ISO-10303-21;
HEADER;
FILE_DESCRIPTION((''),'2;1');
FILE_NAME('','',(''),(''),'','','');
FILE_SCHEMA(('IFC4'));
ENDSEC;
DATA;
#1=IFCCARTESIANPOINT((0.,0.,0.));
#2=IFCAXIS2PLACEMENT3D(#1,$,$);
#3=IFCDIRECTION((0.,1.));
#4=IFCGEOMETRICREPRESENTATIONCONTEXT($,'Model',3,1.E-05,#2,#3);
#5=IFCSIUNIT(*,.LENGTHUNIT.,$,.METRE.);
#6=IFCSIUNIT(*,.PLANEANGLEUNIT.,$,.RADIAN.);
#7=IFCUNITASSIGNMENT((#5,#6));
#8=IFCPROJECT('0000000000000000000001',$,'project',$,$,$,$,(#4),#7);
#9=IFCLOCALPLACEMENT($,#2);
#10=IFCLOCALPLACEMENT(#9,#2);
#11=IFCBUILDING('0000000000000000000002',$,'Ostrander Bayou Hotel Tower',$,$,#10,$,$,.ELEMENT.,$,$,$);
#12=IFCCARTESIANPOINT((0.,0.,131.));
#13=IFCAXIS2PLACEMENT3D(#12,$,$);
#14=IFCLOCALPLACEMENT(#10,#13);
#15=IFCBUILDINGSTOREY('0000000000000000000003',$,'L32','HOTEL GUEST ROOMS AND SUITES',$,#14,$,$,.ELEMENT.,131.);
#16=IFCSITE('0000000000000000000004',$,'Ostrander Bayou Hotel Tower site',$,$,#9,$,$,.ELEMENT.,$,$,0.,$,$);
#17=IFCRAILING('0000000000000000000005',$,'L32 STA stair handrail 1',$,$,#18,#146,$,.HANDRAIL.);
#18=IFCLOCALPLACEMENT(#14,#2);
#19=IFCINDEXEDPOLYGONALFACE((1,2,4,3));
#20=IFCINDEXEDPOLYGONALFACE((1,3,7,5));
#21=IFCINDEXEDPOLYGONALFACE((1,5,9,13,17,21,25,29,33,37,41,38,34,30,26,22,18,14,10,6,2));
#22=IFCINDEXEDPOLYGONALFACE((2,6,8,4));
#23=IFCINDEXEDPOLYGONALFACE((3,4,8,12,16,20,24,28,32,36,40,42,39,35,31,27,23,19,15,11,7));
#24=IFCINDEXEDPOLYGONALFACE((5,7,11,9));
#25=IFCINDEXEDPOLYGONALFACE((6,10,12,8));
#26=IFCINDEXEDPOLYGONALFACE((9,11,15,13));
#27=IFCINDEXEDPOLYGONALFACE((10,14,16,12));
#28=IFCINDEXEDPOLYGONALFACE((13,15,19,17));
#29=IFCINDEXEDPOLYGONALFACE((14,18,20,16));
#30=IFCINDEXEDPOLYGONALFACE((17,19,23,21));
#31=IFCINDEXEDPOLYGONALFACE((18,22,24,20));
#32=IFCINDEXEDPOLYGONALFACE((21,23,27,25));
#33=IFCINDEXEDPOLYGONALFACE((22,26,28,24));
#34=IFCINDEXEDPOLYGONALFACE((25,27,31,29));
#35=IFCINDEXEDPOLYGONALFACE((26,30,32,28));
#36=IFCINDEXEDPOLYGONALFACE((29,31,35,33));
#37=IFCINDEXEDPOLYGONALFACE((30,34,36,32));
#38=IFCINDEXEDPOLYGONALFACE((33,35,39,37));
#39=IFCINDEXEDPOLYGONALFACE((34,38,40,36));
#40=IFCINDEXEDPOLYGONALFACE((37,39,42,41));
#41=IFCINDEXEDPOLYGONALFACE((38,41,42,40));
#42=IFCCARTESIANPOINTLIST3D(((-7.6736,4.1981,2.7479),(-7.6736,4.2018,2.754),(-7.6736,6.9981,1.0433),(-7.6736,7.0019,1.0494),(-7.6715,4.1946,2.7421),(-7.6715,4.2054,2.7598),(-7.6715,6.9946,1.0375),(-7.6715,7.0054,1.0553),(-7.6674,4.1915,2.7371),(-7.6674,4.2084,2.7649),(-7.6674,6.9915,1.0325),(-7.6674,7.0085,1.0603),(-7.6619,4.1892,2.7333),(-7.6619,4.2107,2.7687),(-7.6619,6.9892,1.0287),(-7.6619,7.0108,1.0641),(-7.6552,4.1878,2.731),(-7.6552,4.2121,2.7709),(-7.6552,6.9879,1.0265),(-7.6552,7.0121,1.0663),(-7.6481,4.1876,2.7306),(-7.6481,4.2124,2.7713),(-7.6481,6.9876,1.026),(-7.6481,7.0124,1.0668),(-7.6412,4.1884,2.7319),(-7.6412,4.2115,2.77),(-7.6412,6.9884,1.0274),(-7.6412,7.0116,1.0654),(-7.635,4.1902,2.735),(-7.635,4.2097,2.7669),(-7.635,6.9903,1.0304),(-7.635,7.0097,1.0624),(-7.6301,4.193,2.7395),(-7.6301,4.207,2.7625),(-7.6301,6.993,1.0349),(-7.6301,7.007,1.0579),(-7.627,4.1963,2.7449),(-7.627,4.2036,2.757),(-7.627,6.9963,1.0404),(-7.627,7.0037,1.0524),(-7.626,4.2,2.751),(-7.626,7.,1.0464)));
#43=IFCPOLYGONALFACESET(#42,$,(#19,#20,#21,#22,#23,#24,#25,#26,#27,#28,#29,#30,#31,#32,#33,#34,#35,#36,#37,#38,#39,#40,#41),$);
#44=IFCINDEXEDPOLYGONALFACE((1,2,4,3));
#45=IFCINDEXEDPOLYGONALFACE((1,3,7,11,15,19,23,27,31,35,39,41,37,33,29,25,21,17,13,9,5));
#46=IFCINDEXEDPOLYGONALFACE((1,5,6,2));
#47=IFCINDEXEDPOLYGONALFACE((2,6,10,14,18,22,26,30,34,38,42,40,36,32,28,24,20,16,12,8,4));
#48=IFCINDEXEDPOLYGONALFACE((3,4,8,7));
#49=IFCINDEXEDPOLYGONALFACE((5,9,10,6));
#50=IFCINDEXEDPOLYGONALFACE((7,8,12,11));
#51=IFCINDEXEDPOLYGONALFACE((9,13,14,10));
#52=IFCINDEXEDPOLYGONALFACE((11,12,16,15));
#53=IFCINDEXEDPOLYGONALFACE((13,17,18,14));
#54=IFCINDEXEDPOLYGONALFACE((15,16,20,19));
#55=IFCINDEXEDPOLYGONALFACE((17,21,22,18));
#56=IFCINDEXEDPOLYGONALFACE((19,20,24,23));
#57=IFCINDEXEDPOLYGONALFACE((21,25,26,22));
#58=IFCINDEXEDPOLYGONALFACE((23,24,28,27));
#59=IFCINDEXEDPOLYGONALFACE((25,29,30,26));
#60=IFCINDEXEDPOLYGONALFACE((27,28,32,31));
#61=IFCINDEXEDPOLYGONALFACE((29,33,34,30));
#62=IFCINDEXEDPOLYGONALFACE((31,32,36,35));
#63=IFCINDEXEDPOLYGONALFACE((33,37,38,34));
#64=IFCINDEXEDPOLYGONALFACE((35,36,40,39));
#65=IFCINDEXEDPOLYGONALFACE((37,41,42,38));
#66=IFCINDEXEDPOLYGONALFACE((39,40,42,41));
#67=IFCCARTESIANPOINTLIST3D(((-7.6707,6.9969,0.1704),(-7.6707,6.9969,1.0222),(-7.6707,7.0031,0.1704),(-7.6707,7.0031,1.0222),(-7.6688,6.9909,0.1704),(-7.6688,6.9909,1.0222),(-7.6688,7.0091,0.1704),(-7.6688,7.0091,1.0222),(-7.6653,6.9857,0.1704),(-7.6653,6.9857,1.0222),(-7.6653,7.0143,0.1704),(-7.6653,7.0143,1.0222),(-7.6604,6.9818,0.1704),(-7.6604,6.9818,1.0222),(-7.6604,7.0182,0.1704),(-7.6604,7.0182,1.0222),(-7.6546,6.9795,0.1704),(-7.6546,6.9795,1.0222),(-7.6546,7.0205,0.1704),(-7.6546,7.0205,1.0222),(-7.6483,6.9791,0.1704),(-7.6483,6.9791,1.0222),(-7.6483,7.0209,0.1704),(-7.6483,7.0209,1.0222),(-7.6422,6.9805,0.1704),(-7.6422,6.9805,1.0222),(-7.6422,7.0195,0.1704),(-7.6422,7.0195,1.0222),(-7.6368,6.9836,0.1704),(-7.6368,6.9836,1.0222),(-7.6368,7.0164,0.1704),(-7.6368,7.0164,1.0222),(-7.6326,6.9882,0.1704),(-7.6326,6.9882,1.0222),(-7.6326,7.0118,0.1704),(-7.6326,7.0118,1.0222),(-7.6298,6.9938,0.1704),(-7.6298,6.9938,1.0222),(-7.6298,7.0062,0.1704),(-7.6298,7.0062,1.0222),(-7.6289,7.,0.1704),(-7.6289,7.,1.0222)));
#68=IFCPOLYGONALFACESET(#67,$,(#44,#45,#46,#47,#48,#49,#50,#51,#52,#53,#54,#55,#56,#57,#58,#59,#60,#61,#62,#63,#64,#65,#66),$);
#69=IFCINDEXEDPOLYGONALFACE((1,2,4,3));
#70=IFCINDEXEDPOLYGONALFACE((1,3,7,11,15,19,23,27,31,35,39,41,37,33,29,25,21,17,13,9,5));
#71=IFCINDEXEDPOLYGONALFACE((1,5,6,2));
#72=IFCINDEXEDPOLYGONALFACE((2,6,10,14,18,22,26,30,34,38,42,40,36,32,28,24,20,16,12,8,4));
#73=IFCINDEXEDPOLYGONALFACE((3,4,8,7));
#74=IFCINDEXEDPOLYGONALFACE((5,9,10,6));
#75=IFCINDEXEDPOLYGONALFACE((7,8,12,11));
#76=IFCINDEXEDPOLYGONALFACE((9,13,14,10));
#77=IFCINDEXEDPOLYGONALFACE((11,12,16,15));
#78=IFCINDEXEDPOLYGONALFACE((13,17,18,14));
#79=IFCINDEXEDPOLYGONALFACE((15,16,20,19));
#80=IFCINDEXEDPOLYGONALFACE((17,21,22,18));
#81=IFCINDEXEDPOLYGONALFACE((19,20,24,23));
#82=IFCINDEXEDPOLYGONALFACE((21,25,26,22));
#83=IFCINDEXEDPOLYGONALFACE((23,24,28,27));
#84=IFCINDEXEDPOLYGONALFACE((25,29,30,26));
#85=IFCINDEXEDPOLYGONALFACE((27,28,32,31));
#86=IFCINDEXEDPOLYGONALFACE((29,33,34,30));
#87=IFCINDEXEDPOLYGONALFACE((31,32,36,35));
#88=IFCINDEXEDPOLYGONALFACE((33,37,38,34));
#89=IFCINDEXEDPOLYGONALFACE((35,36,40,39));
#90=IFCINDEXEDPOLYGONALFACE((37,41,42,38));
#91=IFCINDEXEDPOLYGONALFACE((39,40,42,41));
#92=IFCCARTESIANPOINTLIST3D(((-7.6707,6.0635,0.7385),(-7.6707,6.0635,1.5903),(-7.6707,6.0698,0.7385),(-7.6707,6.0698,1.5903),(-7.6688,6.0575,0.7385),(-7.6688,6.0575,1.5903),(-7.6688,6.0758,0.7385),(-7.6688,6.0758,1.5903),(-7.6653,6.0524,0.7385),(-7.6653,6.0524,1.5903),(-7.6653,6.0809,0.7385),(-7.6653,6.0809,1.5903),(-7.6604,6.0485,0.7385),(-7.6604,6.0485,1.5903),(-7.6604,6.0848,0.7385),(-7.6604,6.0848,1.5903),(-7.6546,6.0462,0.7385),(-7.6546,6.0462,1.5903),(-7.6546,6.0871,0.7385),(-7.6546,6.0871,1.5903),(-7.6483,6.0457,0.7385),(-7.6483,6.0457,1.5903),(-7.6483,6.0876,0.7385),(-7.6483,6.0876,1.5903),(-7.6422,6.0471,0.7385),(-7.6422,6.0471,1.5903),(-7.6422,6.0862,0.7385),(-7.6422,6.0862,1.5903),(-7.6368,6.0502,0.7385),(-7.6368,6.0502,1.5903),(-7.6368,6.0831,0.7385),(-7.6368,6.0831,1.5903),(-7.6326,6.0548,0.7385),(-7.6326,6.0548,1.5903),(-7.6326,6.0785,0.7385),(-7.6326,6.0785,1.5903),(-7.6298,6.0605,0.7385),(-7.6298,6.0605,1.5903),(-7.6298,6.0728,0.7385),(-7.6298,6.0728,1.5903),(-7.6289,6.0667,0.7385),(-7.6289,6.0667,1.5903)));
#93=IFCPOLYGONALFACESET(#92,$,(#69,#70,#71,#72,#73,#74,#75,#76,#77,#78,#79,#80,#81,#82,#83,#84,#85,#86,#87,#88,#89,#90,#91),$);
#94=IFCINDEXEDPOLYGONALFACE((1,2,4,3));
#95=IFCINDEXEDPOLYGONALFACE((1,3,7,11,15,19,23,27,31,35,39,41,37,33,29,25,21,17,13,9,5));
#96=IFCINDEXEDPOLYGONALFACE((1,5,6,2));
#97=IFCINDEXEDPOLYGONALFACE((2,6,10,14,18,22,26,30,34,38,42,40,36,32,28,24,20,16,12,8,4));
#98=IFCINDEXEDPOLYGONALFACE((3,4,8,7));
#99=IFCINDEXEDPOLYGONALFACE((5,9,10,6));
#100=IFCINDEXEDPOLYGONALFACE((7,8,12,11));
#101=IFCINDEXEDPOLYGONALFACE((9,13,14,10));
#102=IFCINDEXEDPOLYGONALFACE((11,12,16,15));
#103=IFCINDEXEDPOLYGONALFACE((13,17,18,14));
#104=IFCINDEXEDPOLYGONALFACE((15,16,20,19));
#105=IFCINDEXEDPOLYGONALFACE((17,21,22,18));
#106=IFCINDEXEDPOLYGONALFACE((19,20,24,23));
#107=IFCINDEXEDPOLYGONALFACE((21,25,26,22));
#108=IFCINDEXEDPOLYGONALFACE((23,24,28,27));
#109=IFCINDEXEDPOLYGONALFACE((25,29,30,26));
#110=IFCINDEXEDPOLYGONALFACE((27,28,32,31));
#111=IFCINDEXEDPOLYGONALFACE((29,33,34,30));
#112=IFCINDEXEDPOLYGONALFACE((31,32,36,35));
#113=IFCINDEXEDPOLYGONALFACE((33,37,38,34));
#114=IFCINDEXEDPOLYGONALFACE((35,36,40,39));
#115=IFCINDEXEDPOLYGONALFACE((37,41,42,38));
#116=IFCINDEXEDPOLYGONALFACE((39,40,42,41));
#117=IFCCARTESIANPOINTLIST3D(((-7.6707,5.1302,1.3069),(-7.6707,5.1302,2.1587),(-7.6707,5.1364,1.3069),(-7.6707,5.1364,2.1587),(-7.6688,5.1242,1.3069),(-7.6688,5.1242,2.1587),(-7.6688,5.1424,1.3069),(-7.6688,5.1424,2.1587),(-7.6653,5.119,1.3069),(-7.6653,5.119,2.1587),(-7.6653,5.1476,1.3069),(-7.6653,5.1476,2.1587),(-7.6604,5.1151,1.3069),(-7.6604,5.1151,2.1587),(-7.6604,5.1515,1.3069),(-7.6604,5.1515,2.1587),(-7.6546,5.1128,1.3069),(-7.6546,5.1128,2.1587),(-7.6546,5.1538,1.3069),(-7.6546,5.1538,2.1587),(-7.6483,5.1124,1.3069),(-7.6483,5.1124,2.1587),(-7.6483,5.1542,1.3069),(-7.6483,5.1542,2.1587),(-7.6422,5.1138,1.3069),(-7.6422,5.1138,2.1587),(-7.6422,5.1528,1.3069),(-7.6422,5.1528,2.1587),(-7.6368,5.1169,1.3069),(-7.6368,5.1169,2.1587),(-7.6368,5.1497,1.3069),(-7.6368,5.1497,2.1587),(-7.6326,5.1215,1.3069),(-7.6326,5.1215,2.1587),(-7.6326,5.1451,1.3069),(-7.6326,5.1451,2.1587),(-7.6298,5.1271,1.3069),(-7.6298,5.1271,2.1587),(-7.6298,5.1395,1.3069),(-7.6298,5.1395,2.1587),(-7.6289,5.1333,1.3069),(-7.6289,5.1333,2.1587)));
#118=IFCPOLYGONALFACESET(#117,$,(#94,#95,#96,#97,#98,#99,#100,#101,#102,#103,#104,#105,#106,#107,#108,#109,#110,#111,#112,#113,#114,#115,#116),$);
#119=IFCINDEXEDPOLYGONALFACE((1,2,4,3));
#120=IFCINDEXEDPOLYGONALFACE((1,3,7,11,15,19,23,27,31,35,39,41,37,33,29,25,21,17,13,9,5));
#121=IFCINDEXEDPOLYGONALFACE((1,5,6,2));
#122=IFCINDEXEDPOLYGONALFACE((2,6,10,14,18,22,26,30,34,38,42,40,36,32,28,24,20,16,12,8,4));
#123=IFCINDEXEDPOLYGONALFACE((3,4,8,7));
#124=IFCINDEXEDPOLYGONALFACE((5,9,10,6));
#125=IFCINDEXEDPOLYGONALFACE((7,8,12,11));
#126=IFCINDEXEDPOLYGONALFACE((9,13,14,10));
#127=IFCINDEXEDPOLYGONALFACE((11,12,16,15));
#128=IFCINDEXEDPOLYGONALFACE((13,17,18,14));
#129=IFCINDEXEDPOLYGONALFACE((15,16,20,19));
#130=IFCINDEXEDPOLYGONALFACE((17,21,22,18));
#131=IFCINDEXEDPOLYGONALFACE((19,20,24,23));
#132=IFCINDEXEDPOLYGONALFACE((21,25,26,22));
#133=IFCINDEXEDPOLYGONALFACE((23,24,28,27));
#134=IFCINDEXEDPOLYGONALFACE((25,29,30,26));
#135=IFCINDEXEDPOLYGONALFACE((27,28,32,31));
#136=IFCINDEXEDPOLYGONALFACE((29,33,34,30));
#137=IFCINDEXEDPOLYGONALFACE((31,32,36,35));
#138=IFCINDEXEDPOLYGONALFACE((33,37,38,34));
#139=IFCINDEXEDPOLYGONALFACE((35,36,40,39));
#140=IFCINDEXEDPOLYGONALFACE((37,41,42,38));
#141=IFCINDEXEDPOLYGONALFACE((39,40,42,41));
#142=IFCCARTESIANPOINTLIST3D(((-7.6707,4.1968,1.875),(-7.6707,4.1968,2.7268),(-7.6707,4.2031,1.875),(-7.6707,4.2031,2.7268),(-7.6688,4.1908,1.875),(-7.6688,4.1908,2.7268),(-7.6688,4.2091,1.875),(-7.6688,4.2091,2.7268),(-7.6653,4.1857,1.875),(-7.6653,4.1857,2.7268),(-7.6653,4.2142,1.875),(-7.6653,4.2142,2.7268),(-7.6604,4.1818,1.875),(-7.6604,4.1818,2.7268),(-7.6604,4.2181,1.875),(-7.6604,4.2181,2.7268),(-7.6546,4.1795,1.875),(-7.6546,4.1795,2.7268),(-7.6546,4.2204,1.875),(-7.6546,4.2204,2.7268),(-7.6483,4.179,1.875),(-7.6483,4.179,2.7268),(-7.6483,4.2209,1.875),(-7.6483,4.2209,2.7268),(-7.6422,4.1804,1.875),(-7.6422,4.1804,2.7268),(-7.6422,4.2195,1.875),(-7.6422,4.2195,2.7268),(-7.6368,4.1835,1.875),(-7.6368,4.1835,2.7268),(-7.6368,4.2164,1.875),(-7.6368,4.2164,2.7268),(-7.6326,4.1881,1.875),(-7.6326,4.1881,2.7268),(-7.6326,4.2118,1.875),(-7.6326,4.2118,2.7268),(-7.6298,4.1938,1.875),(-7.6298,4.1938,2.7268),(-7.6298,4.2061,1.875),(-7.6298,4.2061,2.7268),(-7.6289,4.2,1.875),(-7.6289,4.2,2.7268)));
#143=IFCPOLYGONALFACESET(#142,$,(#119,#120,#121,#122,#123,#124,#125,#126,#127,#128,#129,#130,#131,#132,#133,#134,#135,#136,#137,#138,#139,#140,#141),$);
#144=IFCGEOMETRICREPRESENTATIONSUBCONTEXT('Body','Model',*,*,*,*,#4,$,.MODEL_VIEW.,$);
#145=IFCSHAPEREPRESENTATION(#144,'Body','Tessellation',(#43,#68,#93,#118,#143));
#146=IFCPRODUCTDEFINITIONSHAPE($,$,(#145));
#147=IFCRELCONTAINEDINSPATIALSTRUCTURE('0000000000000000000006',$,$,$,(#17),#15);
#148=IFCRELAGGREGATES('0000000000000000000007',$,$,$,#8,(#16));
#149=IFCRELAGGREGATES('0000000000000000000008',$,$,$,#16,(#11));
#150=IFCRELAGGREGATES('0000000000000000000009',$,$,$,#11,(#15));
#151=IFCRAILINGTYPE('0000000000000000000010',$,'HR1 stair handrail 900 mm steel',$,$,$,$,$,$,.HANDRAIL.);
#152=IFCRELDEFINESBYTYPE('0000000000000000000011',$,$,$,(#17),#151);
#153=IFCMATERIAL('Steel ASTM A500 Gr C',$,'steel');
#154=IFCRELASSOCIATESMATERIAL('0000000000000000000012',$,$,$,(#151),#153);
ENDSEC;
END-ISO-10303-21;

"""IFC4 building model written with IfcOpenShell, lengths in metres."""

from ifc_helpers import new_model, si_unit, direction, frame, origin, origin_2d, place, context, subcontext, project, spatial, circle, extrude, material, type_object, element, save


model = new_model("IFC4")

# Units and contexts
model_context = context("Model", 3, precision=1e-05, world=origin(), true_north=direction((0.0, 1.0)))
body_context = subcontext(model_context, "Body", "Model", "MODEL_VIEW")
ifc_project = project(units=[si_unit("LENGTHUNIT", "METRE"), si_unit("PLANEANGLEUNIT", "RADIAN")], contexts=[model_context])

# Site, building, storey
site_placement = place(None, origin())
site = spatial("IfcSite", under=ifc_project, at=site_placement, Name="Ostrander Bayou Hotel Tower site", CompositionType="ELEMENT", RefElevation=0.0)
building_placement = place(site_placement, origin())
building = spatial("IfcBuilding", under=site, at=building_placement, Name="Ostrander Bayou Hotel Tower", CompositionType="ELEMENT")
storey_placement = place(building_placement, frame((0.0, 0.0, 131.0)))
storey = spatial("IfcBuildingStorey", under=building, at=storey_placement, Name="L32", Description="HOTEL GUEST ROOMS AND SUITES", CompositionType="ELEMENT", Elevation=131.0)

# Railing
ifc_material_1 = material(Name="Steel ASTM A500 Gr C", Category="steel")
railing_type_1 = type_object("IfcRailingType", Name="HR1 stair handrail 900 mm steel", PredefinedType="HANDRAIL", material=ifc_material_1)
railing_1_placement = place(storey_placement, frame((-7.6499, 7.0, 0.1704)))
element("IfcRailing", 1, at=railing_1_placement, inside=storey, type_object=railing_type_1, Name="L32 STA stair handrail 1", PredefinedType="HANDRAIL", context=body_context, shape_type="SweptSolid", body=[
    extrude(circle(Radius=0.0239, at=origin_2d()), frame((0.0, 0.0, 0.876), z_axis=(0.0, -0.85417, 0.519994), x_axis=(1.0, 0.0, 0.0)), (0.0, 0.0, 1.0), 3.2781),
    extrude(circle(Radius=0.021, at=origin_2d()), origin(), (0.0, 0.0, 1.0), 0.8518),
    extrude(circle(Radius=0.021, at=origin_2d()), frame((0.0, -0.9333, 0.5681)), (0.0, 0.0, 1.0), 0.8518),
    extrude(circle(Radius=0.021, at=origin_2d()), frame((0.0, -1.8667, 1.1365)), (0.0, 0.0, 1.0), 0.8518),
    extrude(circle(Radius=0.021, at=origin_2d()), frame((0.0, -2.8, 1.7046)), (0.0, 0.0, 1.0), 0.8518),
])

save(model, "model.ifc")
